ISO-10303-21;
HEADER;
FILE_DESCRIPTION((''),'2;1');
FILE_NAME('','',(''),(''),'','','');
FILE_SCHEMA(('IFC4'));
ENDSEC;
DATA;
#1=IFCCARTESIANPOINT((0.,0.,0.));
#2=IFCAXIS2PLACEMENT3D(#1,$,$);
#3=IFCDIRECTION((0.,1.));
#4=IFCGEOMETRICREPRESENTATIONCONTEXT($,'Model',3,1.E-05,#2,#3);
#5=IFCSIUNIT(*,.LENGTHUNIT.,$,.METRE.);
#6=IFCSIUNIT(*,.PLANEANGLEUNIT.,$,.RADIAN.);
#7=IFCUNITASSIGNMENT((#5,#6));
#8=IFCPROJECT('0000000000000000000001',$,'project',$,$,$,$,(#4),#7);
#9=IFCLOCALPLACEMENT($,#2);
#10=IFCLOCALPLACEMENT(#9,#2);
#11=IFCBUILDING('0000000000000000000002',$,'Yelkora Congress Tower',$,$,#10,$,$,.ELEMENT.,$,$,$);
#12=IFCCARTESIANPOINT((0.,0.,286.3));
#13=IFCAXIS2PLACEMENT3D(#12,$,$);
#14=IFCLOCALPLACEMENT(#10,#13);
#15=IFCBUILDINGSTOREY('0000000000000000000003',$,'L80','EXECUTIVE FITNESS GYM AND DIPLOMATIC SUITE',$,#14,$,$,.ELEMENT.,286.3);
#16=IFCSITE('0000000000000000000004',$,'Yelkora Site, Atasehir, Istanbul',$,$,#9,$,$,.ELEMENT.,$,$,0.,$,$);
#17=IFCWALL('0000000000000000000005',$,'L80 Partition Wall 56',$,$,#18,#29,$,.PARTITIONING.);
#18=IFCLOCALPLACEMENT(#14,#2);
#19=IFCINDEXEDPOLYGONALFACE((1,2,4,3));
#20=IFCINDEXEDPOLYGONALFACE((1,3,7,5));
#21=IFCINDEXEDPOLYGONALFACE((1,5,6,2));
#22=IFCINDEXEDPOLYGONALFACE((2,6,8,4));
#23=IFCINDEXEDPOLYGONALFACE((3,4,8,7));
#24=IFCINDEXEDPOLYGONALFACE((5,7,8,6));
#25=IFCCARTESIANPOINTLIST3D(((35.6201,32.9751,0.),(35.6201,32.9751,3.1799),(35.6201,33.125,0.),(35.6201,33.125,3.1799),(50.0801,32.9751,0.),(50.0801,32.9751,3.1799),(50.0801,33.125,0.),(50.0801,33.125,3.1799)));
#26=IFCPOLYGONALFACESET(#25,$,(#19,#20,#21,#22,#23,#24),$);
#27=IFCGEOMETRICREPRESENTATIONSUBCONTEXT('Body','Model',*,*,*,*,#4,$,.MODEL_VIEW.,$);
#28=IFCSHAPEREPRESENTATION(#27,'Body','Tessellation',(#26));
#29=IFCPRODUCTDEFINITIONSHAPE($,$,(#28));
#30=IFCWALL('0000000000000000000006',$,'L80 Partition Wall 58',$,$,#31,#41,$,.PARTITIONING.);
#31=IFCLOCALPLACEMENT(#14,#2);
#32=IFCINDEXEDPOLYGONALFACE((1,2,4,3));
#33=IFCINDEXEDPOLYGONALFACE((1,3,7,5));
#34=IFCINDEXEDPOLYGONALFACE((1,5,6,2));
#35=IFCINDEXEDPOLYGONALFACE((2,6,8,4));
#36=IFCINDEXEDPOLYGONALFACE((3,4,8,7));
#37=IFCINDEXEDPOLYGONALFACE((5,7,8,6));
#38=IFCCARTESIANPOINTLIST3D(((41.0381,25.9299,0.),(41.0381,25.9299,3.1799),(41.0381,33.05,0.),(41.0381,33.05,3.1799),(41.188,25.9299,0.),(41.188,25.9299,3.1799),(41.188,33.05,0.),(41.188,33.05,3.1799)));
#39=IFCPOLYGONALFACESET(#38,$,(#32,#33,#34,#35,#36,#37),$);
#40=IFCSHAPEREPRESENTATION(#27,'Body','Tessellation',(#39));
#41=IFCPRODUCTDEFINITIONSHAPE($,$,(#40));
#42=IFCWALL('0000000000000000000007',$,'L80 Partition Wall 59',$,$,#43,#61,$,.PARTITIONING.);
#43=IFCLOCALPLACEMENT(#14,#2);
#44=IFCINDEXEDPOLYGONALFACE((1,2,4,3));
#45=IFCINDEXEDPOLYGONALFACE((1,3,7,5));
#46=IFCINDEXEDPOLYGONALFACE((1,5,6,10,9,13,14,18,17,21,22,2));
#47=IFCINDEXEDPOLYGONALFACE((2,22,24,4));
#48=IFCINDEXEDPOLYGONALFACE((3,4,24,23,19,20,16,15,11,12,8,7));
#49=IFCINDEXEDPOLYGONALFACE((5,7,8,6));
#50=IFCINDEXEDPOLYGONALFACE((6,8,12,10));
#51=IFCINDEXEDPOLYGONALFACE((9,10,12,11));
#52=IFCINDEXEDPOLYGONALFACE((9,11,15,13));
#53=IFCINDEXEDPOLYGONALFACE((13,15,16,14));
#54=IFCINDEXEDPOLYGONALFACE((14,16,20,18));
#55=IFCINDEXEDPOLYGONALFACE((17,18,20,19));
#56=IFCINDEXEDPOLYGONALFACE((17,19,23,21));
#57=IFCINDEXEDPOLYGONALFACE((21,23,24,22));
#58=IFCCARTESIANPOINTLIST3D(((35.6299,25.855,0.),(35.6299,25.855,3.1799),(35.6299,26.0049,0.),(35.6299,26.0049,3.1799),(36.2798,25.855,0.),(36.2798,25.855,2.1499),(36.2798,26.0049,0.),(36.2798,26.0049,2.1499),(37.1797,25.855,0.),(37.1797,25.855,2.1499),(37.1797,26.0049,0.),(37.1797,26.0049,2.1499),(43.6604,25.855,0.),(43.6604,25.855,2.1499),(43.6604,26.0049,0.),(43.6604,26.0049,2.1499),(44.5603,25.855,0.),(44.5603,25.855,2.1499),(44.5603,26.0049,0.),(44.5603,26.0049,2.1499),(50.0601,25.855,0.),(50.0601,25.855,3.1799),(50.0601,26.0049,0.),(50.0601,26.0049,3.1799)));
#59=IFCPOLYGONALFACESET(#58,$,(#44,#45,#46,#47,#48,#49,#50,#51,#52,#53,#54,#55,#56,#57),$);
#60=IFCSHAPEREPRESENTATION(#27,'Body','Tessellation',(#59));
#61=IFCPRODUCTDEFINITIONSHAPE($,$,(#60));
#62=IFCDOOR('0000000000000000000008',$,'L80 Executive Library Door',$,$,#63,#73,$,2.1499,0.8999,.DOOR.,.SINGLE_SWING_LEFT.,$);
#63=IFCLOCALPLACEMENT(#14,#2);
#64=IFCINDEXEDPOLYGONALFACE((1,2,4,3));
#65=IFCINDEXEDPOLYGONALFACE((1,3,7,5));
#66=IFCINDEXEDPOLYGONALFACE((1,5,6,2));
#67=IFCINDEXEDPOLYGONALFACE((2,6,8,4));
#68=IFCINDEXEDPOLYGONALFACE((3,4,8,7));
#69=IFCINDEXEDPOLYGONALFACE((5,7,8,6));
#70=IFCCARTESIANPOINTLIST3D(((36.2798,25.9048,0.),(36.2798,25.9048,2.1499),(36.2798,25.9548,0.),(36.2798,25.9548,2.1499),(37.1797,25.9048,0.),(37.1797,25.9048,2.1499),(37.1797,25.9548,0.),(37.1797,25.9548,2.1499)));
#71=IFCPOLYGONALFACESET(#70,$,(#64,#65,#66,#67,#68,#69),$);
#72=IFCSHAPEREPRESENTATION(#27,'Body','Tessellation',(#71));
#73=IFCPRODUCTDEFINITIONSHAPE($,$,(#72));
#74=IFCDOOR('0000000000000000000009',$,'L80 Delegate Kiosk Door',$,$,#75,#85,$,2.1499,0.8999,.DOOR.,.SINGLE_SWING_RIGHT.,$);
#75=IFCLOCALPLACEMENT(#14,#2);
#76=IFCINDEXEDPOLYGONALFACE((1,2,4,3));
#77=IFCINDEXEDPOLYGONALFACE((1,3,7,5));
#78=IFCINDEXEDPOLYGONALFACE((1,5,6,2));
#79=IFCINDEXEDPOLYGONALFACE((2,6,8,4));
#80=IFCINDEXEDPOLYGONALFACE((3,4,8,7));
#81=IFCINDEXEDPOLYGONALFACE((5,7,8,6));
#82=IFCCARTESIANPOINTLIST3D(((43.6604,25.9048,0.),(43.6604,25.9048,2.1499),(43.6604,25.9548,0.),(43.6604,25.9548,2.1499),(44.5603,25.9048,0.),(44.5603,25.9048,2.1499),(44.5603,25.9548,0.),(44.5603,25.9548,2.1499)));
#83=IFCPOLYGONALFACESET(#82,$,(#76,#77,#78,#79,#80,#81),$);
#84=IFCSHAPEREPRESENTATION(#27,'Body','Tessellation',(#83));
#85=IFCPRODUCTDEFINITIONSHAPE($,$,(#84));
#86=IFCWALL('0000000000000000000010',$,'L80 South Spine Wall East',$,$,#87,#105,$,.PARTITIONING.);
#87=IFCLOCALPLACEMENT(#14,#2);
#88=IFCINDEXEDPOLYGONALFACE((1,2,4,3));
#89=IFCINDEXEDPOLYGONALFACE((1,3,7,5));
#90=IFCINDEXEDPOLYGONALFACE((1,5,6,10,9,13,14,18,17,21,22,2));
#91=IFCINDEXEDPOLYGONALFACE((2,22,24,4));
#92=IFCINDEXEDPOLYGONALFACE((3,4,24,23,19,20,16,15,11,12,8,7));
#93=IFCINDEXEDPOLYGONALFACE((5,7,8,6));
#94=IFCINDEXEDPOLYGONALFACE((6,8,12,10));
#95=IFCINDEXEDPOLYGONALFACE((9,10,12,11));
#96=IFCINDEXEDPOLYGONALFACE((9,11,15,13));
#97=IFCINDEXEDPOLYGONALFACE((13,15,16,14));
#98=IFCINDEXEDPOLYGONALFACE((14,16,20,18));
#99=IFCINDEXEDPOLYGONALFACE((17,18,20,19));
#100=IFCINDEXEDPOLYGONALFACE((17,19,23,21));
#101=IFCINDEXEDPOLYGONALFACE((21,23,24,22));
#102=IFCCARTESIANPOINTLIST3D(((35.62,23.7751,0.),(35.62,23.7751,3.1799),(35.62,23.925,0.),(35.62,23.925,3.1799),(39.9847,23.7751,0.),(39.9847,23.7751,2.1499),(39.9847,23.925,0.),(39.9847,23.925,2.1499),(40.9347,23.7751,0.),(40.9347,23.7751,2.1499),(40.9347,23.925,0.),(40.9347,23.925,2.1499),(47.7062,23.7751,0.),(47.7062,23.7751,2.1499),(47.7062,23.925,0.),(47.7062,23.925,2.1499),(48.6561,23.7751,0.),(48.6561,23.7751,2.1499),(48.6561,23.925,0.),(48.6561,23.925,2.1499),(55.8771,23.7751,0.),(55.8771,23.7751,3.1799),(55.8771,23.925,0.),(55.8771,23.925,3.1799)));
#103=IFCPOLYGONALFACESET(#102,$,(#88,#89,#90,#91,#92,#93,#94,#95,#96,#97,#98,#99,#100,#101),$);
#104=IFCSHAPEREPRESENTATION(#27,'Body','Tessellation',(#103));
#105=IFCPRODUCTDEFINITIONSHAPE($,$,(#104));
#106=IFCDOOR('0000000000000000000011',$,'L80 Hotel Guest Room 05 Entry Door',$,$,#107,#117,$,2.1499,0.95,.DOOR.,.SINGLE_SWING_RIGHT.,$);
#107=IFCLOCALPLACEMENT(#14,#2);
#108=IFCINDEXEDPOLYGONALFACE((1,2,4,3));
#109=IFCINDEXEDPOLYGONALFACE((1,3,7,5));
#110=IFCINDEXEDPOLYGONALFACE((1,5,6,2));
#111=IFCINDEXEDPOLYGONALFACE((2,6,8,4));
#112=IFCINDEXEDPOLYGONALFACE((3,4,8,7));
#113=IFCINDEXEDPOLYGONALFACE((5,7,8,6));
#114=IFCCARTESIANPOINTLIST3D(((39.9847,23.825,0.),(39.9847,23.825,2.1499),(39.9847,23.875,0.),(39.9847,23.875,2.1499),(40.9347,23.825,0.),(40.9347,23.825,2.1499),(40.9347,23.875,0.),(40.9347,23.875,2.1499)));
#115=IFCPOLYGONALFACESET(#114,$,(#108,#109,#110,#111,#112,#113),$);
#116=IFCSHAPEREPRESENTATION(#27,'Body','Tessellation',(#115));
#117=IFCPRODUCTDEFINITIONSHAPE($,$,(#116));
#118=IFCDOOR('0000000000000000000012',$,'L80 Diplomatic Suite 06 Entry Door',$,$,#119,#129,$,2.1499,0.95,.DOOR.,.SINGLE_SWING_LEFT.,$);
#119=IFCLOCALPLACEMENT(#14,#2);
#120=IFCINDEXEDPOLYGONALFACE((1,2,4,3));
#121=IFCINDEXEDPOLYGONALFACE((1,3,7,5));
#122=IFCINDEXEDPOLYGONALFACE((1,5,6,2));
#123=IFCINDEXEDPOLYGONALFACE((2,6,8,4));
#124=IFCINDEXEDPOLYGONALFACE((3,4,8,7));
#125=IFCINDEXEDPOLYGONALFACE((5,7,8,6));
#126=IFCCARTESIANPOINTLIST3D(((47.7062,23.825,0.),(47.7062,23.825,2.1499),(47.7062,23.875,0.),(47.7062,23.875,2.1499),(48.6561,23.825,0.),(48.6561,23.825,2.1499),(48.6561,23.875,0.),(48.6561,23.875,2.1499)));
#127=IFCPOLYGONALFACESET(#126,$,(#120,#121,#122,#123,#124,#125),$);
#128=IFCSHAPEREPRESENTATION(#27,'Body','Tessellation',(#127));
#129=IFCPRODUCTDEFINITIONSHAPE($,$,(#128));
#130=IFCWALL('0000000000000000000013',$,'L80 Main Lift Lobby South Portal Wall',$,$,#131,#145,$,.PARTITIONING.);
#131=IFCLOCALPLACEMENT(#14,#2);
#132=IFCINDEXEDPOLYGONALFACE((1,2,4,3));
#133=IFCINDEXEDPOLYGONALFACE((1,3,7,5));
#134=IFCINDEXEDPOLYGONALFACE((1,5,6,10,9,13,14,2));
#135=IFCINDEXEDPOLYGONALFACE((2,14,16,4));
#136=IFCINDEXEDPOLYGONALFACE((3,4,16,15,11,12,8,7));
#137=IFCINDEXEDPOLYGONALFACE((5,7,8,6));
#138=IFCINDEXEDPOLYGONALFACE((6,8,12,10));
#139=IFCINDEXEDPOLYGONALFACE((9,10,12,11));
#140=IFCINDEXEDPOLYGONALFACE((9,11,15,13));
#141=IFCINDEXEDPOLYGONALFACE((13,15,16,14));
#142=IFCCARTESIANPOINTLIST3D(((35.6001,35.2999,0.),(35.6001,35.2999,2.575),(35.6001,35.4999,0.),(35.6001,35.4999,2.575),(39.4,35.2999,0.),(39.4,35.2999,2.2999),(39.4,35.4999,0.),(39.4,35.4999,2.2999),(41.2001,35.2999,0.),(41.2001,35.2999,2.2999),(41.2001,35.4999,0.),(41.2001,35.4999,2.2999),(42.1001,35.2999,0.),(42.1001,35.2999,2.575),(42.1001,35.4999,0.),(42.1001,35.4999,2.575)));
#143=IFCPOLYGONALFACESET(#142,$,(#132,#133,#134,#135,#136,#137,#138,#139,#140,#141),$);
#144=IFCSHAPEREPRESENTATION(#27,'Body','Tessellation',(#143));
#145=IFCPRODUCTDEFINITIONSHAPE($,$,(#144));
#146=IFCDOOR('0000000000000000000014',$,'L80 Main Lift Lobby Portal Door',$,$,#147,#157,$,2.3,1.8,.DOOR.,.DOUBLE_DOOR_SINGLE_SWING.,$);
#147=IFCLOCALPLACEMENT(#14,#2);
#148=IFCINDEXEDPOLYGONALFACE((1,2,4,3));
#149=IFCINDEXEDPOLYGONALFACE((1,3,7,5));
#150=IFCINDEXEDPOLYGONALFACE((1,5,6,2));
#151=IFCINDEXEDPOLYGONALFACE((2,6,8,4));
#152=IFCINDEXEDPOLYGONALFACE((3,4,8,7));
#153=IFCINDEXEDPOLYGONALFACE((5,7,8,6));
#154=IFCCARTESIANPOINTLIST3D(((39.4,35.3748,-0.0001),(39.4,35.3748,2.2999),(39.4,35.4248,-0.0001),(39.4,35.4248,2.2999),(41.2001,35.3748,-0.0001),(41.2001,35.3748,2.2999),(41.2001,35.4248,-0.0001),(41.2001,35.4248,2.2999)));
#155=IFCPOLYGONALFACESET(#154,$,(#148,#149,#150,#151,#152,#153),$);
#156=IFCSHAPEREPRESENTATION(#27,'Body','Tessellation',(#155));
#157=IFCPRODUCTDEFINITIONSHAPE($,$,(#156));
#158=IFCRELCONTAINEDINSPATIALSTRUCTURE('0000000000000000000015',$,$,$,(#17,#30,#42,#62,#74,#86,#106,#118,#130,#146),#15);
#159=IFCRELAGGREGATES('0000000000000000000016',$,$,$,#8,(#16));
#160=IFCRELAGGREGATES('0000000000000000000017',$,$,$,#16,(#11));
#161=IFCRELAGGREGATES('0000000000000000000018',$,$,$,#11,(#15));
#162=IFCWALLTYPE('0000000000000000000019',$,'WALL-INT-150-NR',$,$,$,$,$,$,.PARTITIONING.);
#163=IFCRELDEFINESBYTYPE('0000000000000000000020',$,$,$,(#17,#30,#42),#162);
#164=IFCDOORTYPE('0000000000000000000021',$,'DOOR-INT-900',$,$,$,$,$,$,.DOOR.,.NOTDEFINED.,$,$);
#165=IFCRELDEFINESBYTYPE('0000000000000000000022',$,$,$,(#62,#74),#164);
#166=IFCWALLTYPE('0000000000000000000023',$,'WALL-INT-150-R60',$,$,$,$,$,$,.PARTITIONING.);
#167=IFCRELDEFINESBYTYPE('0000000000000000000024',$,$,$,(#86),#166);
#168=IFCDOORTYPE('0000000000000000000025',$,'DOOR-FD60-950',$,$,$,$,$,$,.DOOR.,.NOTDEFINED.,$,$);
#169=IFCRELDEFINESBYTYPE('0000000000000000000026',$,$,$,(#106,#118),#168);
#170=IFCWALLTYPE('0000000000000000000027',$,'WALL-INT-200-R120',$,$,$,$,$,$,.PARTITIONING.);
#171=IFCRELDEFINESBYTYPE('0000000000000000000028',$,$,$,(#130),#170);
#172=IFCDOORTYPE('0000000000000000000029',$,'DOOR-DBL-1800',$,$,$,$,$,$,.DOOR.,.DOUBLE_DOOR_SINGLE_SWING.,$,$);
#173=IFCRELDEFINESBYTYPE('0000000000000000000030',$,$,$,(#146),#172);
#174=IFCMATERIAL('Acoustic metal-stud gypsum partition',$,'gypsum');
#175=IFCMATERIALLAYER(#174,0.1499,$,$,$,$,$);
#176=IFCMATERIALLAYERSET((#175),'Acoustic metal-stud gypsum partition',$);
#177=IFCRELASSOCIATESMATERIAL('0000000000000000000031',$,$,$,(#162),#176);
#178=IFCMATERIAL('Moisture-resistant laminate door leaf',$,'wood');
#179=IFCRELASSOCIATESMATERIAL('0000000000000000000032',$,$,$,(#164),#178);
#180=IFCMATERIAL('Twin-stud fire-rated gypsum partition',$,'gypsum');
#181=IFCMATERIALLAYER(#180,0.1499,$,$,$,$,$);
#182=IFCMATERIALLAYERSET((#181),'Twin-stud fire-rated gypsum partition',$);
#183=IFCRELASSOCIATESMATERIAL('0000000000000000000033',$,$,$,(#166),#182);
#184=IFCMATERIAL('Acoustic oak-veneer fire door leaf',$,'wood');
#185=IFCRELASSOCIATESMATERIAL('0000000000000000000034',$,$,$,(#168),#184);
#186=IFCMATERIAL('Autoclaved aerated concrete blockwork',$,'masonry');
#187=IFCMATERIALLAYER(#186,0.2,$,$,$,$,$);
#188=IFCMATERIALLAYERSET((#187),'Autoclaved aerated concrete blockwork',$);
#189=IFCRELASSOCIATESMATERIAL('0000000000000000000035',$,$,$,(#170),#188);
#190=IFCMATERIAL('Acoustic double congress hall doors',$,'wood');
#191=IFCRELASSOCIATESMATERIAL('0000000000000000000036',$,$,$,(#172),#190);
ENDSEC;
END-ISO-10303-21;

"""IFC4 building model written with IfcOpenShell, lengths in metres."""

from ifc_helpers import new_model, si_unit, direction, frame, frame_2d, origin, place, context, subcontext, project, spatial, rectangle, extrude, material, layer, layer_set, type_object, element, fill, save


model = new_model("IFC4")

# Units and contexts
model_context = context("Model", 3, precision=1e-05, world=origin(), true_north=direction((0.0, 1.0)))
body_context = subcontext(model_context, "Body", "Model", "MODEL_VIEW")
ifc_project = project(units=[si_unit("LENGTHUNIT", "METRE"), si_unit("PLANEANGLEUNIT", "RADIAN")], contexts=[model_context])

# Site, building, storey
site_placement = place(None, origin())
site = spatial("IfcSite", under=ifc_project, at=site_placement, Name="Yelkora Site, Atasehir, Istanbul", CompositionType="ELEMENT", RefElevation=0.0)
building_placement = place(site_placement, origin())
building = spatial("IfcBuilding", under=site, at=building_placement, Name="Yelkora Congress Tower", CompositionType="ELEMENT")
storey_placement = place(building_placement, frame((0.0, 0.0, 286.3)))
storey = spatial("IfcBuildingStorey", under=building, at=storey_placement, Name="L80", Description="EXECUTIVE FITNESS GYM AND DIPLOMATIC SUITE", CompositionType="ELEMENT", Elevation=286.3)

# Walls
ifc_material_1 = material(Name="Acoustic metal-stud gypsum partition", Category="gypsum")
ifc_layer_1 = layer(ifc_material_1, 0.1499)
ifc_layer_set_1 = layer_set([ifc_layer_1], Name="Acoustic metal-stud gypsum partition")
wall_type_1 = type_object("IfcWallType", Name="WALL-INT-150-NR", PredefinedType="PARTITIONING", material=ifc_layer_set_1)
wall_1_placement = place(storey_placement, frame((35.6201, 33.05, 0.0), z_axis=(0.0, 0.0, 1.0), x_axis=(1.0, 0.0, 0.0)))
element("IfcWall", 1, at=wall_1_placement, inside=storey, type_object=wall_type_1, Name="L80 Partition Wall 56", PredefinedType="PARTITIONING", context=body_context, shape_type="SweptSolid", body=[
    extrude(rectangle(XDim=14.46, YDim=0.1499, at=frame_2d((7.23, 0.0))), origin(), (0.0, 0.0, 1.0), 3.1799),
])
wall_2_placement = place(storey_placement, frame((41.113, 25.9299, 0.0), z_axis=(0.0, 0.0, 1.0), x_axis=(0.0, 1.0, 0.0)))
element("IfcWall", 2, at=wall_2_placement, inside=storey, type_object=wall_type_1, Name="L80 Partition Wall 58", PredefinedType="PARTITIONING", context=body_context, shape_type="SweptSolid", body=[
    extrude(rectangle(XDim=7.1201, YDim=0.1499, at=frame_2d((3.5601, 0.0))), origin(), (0.0, 0.0, 1.0), 3.1799),
])

# Walls, openings, doors
wall_3_placement = place(storey_placement, frame((35.6299, 25.9299, 0.0), z_axis=(0.0, 0.0, 1.0), x_axis=(1.0, 0.0, 0.0)))
wall_3 = element("IfcWall", 3, at=wall_3_placement, inside=storey, type_object=wall_type_1, Name="L80 Partition Wall 59", PredefinedType="PARTITIONING", context=body_context, shape_type="SweptSolid", body=[
    extrude(rectangle(XDim=14.4302, YDim=0.1499, at=frame_2d((7.2151, 0.0))), origin(), (0.0, 0.0, 1.0), 3.1799),
])
opening_1_placement = place(wall_3_placement, frame((0.6499, 0.0, 0.0)))
opening_1 = element("IfcOpeningElement", 4, at=opening_1_placement, cuts=wall_3, PredefinedType="OPENING", context=body_context, shape_type="SweptSolid", body=[
    extrude(rectangle(XDim=0.8999, YDim=2.1499, at=frame_2d((0.45, 1.075))), frame((0.0, 0.085, 0.0), z_axis=(0.0, -1.0, 0.0), x_axis=(1.0, 0.0, 0.0)), (0.0, 0.0, 1.0), 0.1699),
])
opening_2_placement = place(wall_3_placement, frame((8.0305, 0.0, 0.0)))
opening_2 = element("IfcOpeningElement", 5, at=opening_2_placement, cuts=wall_3, PredefinedType="OPENING", context=body_context, shape_type="SweptSolid", body=[
    extrude(rectangle(XDim=0.8999, YDim=2.1499, at=frame_2d((0.45, 1.075))), frame((0.0, 0.085, 0.0), z_axis=(0.0, -1.0, 0.0), x_axis=(1.0, 0.0, 0.0)), (0.0, 0.0, 1.0), 0.1699),
])
ifc_material_2 = material(Name="Moisture-resistant laminate door leaf", Category="wood")
door_type_1 = type_object("IfcDoorType", Name="DOOR-INT-900", OperationType="NOTDEFINED", PredefinedType="DOOR", material=ifc_material_2)
door_1_placement = place(opening_1_placement, origin())
door_1 = element("IfcDoor", 6, at=door_1_placement, inside=storey, type_object=door_type_1, Name="L80 Executive Library Door", OperationType="SINGLE_SWING_LEFT", OverallHeight=2.1499, OverallWidth=0.8999, PredefinedType="DOOR", context=body_context, shape_type="SweptSolid", body=[
    extrude(rectangle(XDim=0.8999, YDim=2.1499, at=frame_2d((0.45, 1.075))), frame((0.0, 0.0249, 0.0), z_axis=(0.0, -1.0, 0.0), x_axis=(1.0, 0.0, 0.0)), (0.0, 0.0, 1.0), 0.05),
])
fill(opening_1, door_1)
door_2_placement = place(opening_2_placement, origin())
door_2 = element("IfcDoor", 7, at=door_2_placement, inside=storey, type_object=door_type_1, Name="L80 Delegate Kiosk Door", OperationType="SINGLE_SWING_RIGHT", OverallHeight=2.1499, OverallWidth=0.8999, PredefinedType="DOOR", context=body_context, shape_type="SweptSolid", body=[
    extrude(rectangle(XDim=0.8999, YDim=2.1499, at=frame_2d((0.45, 1.075))), frame((0.0, 0.0249, 0.0), z_axis=(0.0, -1.0, 0.0), x_axis=(1.0, 0.0, 0.0)), (0.0, 0.0, 1.0), 0.05),
])
fill(opening_2, door_2)
ifc_material_3 = material(Name="Twin-stud fire-rated gypsum partition", Category="gypsum")
ifc_layer_2 = layer(ifc_material_3, 0.1499)
ifc_layer_set_2 = layer_set([ifc_layer_2], Name="Twin-stud fire-rated gypsum partition")
wall_type_2 = type_object("IfcWallType", Name="WALL-INT-150-R60", PredefinedType="PARTITIONING", material=ifc_layer_set_2)
wall_4_placement = place(storey_placement, frame((35.6201, 23.8501, 0.0), z_axis=(0.0, 0.0, 1.0), x_axis=(1.0, 0.0, 0.0)))
wall_4 = element("IfcWall", 8, at=wall_4_placement, inside=storey, type_object=wall_type_2, Name="L80 South Spine Wall East", PredefinedType="PARTITIONING", context=body_context, shape_type="SweptSolid", body=[
    extrude(rectangle(XDim=20.2571, YDim=0.1499, at=frame_2d((10.1284, 0.0))), origin(), (0.0, 0.0, 1.0), 3.1799),
])
opening_3_placement = place(wall_4_placement, frame((4.3645, 0.0, 0.0)))
opening_3 = element("IfcOpeningElement", 9, at=opening_3_placement, cuts=wall_4, PredefinedType="OPENING", context=body_context, shape_type="SweptSolid", body=[
    extrude(rectangle(XDim=0.95, YDim=2.1499, at=frame_2d((0.4751, 1.075))), frame((0.0, 0.085, 0.0), z_axis=(0.0, -1.0, 0.0), x_axis=(1.0, 0.0, 0.0)), (0.0, 0.0, 1.0), 0.1699),
])
opening_4_placement = place(wall_4_placement, frame((12.0859, 0.0, 0.0)))
opening_4 = element("IfcOpeningElement", 10, at=opening_4_placement, cuts=wall_4, PredefinedType="OPENING", context=body_context, shape_type="SweptSolid", body=[
    extrude(rectangle(XDim=0.95, YDim=2.1499, at=frame_2d((0.4751, 1.075))), frame((0.0, 0.085, 0.0), z_axis=(0.0, -1.0, 0.0), x_axis=(1.0, 0.0, 0.0)), (0.0, 0.0, 1.0), 0.1699),
])
ifc_material_4 = material(Name="Acoustic oak-veneer fire door leaf", Category="wood")
door_type_2 = type_object("IfcDoorType", Name="DOOR-FD60-950", OperationType="NOTDEFINED", PredefinedType="DOOR", material=ifc_material_4)
door_3_placement = place(opening_3_placement, origin())
door_3 = element("IfcDoor", 11, at=door_3_placement, inside=storey, type_object=door_type_2, Name="L80 Hotel Guest Room 05 Entry Door", OperationType="SINGLE_SWING_RIGHT", OverallHeight=2.1499, OverallWidth=0.95, PredefinedType="DOOR", context=body_context, shape_type="SweptSolid", body=[
    extrude(rectangle(XDim=0.95, YDim=2.1499, at=frame_2d((0.4751, 1.075))), frame((0.0, 0.0249, 0.0), z_axis=(0.0, -1.0, 0.0), x_axis=(1.0, 0.0, 0.0)), (0.0, 0.0, 1.0), 0.05),
])
fill(opening_3, door_3)
door_4_placement = place(opening_4_placement, origin())
door_4 = element("IfcDoor", 12, at=door_4_placement, inside=storey, type_object=door_type_2, Name="L80 Diplomatic Suite 06 Entry Door", OperationType="SINGLE_SWING_LEFT", OverallHeight=2.1499, OverallWidth=0.95, PredefinedType="DOOR", context=body_context, shape_type="SweptSolid", body=[
    extrude(rectangle(XDim=0.95, YDim=2.1499, at=frame_2d((0.4751, 1.075))), frame((0.0, 0.0249, 0.0), z_axis=(0.0, -1.0, 0.0), x_axis=(1.0, 0.0, 0.0)), (0.0, 0.0, 1.0), 0.05),
])
fill(opening_4, door_4)

# Wall, opening, door
ifc_material_5 = material(Name="Autoclaved aerated concrete blockwork", Category="masonry")
ifc_layer_3 = layer(ifc_material_5, 0.2)
ifc_layer_set_3 = layer_set([ifc_layer_3], Name="Autoclaved aerated concrete blockwork")
wall_type_3 = type_object("IfcWallType", Name="WALL-INT-200-R120", PredefinedType="PARTITIONING", material=ifc_layer_set_3)
wall_5_placement = place(storey_placement, frame((35.6001, 35.3999, 0.0), z_axis=(0.0, 0.0, 1.0), x_axis=(1.0, 0.0, 0.0)))
wall_5 = element("IfcWall", 13, at=wall_5_placement, inside=storey, type_object=wall_type_3, Name="L80 Main Lift Lobby South Portal Wall", PredefinedType="PARTITIONING", context=body_context, shape_type="SweptSolid", body=[
    extrude(rectangle(XDim=6.5, YDim=0.2, at=frame_2d((3.25, 0.0))), origin(), (0.0, 0.0, 1.0), 2.575),
])
opening_5_placement = place(wall_5_placement, frame((3.8, 0.0, 0.0)))
opening_5 = element("IfcOpeningElement", 14, at=opening_5_placement, cuts=wall_5, PredefinedType="OPENING", context=body_context, shape_type="SweptSolid", body=[
    extrude(rectangle(XDim=1.8, YDim=2.3, at=frame_2d((0.8999, 1.1499))), frame((0.0, 0.1099, 0.0), z_axis=(0.0, -1.0, 0.0), x_axis=(1.0, 0.0, 0.0)), (0.0, 0.0, 1.0), 0.22),
])
ifc_material_6 = material(Name="Acoustic double congress hall doors", Category="wood")
door_type_3 = type_object("IfcDoorType", Name="DOOR-DBL-1800", OperationType="DOUBLE_DOOR_SINGLE_SWING", PredefinedType="DOOR", material=ifc_material_6)
door_5_placement = place(opening_5_placement, origin())
door_5 = element("IfcDoor", 15, at=door_5_placement, inside=storey, type_object=door_type_3, Name="L80 Main Lift Lobby Portal Door", OperationType="DOUBLE_DOOR_SINGLE_SWING", OverallHeight=2.3, OverallWidth=1.8, PredefinedType="DOOR", context=body_context, shape_type="SweptSolid", body=[
    extrude(rectangle(XDim=1.8, YDim=2.3, at=frame_2d((0.8999, 1.1499))), frame((0.0, 0.0249, 0.0), z_axis=(0.0, -1.0, 0.0), x_axis=(1.0, 0.0, 0.0)), (0.0, 0.0, 1.0), 0.05),
])
fill(opening_5, door_5)

save(model, "model.ifc")
